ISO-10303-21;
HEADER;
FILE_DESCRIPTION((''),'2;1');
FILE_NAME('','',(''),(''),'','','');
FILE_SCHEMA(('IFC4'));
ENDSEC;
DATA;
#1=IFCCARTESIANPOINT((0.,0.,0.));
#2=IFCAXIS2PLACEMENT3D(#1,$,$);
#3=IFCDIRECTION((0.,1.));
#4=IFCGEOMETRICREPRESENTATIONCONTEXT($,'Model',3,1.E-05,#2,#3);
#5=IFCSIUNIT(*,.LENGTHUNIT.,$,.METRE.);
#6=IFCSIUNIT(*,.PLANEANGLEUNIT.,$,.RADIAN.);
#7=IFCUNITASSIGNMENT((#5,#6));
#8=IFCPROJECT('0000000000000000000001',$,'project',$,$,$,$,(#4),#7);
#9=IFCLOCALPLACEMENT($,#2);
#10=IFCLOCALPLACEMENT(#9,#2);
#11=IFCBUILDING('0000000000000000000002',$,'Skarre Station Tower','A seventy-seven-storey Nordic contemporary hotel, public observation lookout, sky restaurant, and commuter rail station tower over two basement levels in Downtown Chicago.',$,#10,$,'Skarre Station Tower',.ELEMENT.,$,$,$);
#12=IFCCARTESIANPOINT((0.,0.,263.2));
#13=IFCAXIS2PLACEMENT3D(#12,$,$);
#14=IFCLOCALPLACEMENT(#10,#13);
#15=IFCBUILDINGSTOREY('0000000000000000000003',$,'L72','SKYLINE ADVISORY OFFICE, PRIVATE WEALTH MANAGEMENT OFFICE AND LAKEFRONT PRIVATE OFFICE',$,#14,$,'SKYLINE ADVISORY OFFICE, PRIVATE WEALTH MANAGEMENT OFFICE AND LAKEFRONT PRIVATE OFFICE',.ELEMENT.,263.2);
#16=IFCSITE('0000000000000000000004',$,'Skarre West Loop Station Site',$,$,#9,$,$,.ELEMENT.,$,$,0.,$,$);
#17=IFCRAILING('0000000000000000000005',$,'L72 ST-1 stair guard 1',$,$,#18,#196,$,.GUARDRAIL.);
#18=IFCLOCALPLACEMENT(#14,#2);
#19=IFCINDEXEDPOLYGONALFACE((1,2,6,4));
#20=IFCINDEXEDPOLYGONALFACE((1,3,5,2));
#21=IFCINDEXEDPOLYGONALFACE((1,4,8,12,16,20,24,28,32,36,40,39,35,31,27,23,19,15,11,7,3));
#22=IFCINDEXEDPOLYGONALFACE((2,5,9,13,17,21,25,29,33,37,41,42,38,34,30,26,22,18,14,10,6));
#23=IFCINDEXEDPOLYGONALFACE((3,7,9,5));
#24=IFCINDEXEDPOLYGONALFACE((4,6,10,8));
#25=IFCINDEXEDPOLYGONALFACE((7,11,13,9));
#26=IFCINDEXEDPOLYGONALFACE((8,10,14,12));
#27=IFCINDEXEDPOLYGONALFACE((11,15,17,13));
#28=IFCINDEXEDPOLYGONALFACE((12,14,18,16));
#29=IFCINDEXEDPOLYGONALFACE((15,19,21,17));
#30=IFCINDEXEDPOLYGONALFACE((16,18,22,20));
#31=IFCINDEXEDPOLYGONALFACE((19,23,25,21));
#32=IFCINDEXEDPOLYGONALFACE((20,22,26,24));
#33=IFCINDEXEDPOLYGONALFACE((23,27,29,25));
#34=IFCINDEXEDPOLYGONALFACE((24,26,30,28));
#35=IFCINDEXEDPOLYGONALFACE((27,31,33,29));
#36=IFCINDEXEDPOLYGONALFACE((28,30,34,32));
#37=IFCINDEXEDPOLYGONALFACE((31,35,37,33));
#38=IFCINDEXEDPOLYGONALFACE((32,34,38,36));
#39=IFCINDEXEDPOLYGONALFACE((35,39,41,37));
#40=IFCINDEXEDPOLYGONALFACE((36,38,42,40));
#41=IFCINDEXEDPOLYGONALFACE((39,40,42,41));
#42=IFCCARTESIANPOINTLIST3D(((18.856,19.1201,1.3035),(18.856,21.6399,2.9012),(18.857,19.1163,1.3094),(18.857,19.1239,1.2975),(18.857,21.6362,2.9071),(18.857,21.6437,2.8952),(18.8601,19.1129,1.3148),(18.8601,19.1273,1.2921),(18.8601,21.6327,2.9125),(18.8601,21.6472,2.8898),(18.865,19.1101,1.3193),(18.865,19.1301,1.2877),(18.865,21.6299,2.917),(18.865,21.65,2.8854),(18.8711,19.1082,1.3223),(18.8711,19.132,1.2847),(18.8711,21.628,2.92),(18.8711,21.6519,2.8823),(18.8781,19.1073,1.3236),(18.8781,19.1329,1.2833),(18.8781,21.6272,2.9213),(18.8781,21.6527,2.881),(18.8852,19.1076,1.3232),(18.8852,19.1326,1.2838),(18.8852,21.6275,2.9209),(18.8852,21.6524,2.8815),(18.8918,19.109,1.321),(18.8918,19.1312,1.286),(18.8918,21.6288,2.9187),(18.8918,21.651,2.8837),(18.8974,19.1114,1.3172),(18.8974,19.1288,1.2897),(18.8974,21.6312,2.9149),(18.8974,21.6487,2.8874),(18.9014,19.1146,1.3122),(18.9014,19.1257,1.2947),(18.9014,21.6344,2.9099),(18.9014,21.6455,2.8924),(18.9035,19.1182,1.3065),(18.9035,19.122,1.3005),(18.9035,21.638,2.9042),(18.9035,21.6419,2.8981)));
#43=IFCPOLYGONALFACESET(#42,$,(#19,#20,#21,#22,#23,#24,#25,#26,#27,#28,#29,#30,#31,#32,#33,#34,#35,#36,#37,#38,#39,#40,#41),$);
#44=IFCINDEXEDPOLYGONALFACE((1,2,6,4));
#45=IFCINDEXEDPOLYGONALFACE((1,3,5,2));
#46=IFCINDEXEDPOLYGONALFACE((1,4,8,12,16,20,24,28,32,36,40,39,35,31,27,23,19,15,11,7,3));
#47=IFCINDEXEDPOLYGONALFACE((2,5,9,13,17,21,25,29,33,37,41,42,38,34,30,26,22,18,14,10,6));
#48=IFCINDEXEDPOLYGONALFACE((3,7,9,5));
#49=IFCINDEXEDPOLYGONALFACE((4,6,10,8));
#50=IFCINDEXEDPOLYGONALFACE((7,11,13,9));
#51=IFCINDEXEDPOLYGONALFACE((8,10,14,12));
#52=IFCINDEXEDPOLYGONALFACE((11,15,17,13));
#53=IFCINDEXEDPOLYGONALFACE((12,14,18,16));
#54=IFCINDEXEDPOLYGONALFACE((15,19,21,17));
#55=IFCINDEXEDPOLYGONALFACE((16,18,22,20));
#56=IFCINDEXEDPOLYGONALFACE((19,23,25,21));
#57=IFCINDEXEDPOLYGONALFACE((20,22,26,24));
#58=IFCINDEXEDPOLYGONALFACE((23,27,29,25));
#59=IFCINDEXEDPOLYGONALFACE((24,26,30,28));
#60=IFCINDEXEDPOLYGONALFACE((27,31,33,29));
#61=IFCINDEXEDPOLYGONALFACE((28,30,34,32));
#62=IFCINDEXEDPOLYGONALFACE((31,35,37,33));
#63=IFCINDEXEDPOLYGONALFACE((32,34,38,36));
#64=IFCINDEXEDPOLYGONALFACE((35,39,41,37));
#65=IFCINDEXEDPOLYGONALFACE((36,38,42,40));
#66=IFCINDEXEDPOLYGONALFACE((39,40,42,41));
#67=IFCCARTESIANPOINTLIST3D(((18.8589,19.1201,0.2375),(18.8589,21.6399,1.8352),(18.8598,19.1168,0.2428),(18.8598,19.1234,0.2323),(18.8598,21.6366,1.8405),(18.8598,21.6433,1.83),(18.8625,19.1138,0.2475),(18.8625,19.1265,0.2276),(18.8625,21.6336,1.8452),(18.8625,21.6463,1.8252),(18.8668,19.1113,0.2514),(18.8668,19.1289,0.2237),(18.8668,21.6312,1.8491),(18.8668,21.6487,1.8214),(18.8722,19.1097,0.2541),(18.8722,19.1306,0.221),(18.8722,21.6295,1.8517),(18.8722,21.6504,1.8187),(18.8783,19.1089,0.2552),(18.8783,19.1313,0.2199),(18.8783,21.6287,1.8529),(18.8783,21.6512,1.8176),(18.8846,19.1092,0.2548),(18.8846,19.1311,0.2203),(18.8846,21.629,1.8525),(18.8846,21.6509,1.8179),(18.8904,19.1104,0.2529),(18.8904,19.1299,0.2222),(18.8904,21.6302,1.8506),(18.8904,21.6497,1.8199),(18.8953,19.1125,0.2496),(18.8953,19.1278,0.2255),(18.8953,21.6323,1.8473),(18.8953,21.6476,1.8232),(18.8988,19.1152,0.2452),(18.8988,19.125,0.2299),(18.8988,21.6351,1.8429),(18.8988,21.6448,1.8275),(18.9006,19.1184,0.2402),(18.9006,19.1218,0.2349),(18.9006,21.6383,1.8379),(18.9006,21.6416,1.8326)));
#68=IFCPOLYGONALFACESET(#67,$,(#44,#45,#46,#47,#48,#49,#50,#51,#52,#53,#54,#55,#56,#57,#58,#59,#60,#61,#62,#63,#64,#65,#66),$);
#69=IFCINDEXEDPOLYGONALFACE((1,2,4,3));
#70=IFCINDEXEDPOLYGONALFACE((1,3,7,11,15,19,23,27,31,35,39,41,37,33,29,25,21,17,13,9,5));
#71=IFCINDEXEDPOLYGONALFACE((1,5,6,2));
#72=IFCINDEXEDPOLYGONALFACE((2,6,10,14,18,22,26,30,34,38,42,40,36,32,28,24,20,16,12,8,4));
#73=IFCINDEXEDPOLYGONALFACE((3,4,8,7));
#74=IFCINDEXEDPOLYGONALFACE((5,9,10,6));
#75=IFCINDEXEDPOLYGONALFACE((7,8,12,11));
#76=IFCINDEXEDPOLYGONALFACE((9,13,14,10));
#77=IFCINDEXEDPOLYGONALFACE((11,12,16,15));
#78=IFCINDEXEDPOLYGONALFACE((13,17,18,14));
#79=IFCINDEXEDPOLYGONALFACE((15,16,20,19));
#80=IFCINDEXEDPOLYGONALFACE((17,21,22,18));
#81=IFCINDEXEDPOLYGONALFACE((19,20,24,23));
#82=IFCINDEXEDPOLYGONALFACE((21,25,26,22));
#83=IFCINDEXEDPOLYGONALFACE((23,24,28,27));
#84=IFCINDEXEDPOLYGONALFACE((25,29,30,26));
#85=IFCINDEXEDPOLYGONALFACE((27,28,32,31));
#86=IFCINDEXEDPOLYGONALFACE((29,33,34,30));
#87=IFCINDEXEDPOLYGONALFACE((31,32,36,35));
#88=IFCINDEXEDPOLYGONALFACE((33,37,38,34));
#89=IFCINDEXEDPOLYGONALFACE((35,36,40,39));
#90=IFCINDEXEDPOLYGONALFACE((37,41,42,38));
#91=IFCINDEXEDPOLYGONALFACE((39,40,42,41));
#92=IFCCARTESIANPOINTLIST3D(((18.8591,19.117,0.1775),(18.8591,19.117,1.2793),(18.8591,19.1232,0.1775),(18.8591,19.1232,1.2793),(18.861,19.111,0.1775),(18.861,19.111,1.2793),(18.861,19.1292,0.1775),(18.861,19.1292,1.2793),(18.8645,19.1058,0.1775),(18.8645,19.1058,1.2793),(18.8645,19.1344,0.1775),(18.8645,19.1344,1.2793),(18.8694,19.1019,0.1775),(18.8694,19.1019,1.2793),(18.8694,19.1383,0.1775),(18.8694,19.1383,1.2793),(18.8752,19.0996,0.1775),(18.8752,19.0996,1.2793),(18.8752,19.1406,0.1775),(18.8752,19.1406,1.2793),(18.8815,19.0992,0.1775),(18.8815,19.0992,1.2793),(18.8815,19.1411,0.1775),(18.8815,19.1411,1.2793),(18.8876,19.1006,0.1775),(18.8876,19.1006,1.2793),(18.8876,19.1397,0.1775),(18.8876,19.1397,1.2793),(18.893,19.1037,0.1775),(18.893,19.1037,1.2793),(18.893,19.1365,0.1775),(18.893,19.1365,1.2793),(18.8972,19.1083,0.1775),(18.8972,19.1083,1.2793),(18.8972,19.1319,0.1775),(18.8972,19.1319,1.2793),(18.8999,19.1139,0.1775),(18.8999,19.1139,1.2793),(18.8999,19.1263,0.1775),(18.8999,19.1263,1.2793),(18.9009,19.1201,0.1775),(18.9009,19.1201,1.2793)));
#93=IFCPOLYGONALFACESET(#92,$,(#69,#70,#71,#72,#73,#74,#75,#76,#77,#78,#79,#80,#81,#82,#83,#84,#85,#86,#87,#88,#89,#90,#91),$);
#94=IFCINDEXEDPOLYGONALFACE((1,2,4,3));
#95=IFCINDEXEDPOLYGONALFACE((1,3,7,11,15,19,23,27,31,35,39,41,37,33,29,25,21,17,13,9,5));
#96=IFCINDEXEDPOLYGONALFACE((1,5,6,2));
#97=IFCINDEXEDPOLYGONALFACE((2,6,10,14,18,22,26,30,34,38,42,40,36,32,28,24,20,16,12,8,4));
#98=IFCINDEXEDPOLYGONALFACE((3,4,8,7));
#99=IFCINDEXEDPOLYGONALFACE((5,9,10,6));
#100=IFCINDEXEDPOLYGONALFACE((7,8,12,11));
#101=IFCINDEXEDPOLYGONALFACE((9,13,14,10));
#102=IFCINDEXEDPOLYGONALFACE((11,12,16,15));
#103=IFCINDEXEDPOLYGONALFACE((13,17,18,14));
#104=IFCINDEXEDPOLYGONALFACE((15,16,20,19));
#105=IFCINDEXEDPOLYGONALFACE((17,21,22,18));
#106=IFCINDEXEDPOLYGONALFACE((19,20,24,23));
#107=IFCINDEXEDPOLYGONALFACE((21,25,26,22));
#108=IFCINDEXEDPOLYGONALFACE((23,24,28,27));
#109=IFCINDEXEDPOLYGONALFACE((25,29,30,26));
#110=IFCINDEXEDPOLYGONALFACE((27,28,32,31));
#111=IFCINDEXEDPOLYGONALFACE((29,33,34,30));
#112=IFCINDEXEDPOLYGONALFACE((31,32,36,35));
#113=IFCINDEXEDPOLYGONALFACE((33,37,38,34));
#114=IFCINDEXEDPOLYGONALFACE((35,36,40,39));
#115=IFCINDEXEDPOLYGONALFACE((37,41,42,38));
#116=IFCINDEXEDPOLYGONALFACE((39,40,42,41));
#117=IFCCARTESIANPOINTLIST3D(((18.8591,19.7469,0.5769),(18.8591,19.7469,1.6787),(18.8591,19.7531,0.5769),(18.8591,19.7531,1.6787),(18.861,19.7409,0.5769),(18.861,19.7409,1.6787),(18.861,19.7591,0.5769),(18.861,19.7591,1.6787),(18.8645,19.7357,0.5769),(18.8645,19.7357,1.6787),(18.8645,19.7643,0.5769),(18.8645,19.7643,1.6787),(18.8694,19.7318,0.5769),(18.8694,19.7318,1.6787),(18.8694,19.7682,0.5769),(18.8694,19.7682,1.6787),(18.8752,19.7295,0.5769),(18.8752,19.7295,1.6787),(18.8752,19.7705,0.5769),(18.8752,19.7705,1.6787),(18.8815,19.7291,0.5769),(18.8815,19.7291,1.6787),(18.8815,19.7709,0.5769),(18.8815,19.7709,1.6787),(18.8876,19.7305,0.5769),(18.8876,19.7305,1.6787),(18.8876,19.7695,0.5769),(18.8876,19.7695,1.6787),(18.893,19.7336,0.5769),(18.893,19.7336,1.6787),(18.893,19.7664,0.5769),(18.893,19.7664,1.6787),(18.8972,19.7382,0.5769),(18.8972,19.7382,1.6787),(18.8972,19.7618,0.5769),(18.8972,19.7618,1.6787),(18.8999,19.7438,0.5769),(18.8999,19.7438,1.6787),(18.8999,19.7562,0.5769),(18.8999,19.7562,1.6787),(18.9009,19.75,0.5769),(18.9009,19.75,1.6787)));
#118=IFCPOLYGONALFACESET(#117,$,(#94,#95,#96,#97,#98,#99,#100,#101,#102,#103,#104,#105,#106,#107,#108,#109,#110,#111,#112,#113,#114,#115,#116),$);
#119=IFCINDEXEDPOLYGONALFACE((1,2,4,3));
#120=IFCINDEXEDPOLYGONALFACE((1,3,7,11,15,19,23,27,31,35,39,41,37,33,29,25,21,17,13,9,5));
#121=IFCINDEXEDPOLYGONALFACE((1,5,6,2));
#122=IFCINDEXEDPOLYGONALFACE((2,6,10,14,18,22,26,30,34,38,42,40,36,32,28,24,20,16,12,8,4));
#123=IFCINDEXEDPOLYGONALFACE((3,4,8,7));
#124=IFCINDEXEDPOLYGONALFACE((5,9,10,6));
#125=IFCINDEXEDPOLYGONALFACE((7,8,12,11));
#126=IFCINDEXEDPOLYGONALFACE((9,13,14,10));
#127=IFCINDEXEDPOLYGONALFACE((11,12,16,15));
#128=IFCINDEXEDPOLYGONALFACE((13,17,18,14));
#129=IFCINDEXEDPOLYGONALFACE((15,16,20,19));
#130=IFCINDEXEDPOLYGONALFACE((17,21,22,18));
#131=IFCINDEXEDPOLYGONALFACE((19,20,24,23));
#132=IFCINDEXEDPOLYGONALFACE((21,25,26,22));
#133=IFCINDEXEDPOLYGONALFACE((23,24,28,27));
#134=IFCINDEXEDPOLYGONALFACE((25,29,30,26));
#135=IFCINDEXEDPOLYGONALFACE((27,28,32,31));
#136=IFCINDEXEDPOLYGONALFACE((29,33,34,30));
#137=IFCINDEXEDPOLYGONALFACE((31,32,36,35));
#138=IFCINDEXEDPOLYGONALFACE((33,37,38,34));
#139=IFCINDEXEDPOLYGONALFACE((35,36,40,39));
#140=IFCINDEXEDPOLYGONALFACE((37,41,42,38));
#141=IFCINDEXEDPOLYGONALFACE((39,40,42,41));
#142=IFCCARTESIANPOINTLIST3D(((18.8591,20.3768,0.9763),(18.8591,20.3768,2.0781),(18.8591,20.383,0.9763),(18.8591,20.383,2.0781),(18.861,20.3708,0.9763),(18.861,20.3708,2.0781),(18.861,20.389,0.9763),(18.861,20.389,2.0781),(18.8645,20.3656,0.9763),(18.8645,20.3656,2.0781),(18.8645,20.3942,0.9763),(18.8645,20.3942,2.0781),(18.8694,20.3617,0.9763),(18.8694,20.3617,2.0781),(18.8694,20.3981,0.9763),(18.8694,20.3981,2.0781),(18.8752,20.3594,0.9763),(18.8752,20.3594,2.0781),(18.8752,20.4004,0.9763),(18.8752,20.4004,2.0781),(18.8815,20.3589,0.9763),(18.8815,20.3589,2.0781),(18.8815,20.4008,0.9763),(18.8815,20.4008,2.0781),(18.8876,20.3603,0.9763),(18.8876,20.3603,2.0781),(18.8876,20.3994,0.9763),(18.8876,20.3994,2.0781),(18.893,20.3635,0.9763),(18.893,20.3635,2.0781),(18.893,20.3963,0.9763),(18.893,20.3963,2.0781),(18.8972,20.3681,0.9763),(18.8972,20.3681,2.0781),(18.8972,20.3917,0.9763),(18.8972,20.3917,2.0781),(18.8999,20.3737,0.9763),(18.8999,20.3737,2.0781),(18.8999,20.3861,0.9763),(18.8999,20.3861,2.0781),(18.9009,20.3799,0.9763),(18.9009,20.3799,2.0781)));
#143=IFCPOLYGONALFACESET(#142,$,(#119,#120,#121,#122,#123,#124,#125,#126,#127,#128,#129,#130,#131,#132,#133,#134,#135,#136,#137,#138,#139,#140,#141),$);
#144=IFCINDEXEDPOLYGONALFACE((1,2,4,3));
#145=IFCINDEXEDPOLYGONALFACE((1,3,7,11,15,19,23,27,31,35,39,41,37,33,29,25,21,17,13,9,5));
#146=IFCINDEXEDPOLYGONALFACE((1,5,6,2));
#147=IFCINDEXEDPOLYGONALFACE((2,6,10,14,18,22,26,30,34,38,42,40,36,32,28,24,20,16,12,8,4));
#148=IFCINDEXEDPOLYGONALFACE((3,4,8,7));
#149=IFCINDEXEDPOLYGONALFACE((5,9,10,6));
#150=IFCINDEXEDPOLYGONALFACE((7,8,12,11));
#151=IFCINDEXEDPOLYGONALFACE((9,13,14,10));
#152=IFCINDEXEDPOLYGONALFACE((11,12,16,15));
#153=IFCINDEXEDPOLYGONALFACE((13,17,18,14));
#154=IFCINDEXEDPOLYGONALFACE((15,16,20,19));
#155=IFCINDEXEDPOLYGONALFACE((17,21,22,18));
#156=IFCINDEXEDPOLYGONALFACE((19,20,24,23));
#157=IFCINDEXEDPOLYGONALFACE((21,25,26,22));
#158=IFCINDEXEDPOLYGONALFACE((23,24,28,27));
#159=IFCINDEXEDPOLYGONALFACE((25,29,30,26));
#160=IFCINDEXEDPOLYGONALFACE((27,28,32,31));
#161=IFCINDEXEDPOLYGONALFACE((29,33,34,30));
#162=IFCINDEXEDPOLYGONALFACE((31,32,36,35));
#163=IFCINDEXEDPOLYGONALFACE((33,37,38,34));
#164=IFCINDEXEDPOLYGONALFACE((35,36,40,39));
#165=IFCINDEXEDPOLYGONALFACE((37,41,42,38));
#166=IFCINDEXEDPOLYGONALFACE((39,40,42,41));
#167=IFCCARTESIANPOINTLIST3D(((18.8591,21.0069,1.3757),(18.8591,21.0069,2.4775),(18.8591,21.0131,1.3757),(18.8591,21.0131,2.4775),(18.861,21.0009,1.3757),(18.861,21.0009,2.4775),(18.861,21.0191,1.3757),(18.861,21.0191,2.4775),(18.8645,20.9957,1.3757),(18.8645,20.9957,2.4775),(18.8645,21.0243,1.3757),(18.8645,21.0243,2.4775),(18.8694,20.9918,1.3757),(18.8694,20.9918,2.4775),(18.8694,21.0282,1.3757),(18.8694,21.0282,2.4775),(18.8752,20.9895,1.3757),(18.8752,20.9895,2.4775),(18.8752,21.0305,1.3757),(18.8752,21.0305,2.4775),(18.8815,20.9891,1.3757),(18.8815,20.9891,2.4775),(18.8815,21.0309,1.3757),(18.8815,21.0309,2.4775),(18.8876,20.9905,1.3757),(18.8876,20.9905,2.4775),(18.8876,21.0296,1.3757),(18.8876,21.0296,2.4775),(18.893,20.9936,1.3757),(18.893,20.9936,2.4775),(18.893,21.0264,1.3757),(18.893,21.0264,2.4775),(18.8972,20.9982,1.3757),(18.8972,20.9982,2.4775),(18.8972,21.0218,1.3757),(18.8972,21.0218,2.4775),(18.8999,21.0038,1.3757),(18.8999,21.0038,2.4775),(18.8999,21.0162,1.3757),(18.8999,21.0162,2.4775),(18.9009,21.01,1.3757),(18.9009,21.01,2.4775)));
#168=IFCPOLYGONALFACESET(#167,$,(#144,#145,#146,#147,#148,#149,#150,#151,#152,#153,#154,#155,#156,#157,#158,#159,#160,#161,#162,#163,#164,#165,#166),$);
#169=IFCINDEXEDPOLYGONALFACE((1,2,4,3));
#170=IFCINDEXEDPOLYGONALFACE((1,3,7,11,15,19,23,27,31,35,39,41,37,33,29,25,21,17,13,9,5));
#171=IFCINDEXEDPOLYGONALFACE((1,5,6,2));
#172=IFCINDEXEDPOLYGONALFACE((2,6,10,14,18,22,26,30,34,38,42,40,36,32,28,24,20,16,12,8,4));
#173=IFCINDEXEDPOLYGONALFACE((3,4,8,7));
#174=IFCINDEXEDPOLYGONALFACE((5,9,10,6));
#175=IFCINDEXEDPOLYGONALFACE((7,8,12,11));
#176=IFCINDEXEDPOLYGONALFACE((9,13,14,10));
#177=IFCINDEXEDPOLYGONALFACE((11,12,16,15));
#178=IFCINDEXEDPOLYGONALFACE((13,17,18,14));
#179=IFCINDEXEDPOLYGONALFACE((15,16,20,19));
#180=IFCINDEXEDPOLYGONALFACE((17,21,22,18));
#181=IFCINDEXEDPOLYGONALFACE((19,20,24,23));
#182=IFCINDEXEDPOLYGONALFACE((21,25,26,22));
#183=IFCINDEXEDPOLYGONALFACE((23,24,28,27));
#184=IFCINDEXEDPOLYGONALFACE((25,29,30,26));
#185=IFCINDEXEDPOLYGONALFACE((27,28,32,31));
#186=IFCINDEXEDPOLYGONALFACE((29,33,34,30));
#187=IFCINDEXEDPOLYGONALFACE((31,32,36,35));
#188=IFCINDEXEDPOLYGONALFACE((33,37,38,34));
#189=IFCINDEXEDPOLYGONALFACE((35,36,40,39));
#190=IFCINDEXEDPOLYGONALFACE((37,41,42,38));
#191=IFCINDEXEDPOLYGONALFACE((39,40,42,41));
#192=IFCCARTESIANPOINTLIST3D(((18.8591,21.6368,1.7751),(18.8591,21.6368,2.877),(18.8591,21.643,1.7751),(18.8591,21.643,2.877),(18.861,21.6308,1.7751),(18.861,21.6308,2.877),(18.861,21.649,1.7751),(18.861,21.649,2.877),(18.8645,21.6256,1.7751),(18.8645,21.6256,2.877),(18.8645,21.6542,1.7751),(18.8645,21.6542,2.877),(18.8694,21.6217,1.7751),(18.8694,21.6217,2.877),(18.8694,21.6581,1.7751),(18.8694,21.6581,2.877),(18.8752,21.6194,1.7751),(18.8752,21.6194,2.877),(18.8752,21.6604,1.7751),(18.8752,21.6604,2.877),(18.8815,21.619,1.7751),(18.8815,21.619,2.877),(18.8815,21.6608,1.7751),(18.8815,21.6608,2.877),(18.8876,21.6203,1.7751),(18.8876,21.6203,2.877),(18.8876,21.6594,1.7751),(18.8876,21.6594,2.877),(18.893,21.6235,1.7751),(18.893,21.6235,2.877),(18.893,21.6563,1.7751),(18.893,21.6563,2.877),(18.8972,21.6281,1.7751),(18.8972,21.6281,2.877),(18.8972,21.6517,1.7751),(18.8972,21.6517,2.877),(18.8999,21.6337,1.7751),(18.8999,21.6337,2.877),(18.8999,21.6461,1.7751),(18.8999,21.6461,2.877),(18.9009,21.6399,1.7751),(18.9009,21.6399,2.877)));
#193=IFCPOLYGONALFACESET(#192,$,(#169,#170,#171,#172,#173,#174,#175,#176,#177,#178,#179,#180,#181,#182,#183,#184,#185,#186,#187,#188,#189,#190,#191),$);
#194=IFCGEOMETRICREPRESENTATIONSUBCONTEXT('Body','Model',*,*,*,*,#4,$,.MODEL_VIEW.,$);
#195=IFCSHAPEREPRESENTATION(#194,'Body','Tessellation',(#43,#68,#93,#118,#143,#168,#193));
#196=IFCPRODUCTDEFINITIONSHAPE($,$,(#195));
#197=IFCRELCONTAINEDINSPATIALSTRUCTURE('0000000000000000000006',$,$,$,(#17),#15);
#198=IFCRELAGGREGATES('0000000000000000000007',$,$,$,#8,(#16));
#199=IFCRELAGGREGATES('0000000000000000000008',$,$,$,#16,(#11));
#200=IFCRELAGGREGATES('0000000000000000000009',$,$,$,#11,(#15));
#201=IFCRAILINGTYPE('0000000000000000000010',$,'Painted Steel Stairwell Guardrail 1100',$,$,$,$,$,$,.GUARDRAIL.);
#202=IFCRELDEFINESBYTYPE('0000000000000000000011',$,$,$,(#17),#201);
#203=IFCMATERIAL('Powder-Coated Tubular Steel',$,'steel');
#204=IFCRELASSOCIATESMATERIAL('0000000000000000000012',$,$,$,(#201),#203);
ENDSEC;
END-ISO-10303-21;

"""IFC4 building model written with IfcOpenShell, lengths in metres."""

from ifc_helpers import new_model, si_unit, direction, frame, origin, origin_2d, place, context, subcontext, project, spatial, circle, extrude, material, type_object, element, save


model = new_model("IFC4")

# Units and contexts
model_context = context("Model", 3, precision=1e-05, world=origin(), true_north=direction((0.0, 1.0)))
body_context = subcontext(model_context, "Body", "Model", "MODEL_VIEW")
ifc_project = project(units=[si_unit("LENGTHUNIT", "METRE"), si_unit("PLANEANGLEUNIT", "RADIAN")], contexts=[model_context])

# Site, building, storey
site_placement = place(None, origin())
site = spatial("IfcSite", under=ifc_project, at=site_placement, Name="Skarre West Loop Station Site", CompositionType="ELEMENT", RefElevation=0.0)
building_placement = place(site_placement, origin())
building = spatial("IfcBuilding", under=site, at=building_placement, Name="Skarre Station Tower", Description="A seventy-seven-storey Nordic contemporary hotel, public observation lookout, sky restaurant, and commuter rail station tower over two basement levels in Downtown Chicago.", LongName="Skarre Station Tower", CompositionType="ELEMENT")
storey_placement = place(building_placement, frame((0.0, 0.0, 263.2)))
storey = spatial("IfcBuildingStorey", under=building, at=storey_placement, Name="L72", Description="SKYLINE ADVISORY OFFICE, PRIVATE WEALTH MANAGEMENT OFFICE AND LAKEFRONT PRIVATE OFFICE", LongName="SKYLINE ADVISORY OFFICE, PRIVATE WEALTH MANAGEMENT OFFICE AND LAKEFRONT PRIVATE OFFICE", CompositionType="ELEMENT", Elevation=263.2)

# Railing
ifc_material_1 = material(Name="Powder-Coated Tubular Steel", Category="steel")
railing_type_1 = type_object("IfcRailingType", Name="Painted Steel Stairwell Guardrail 1100", PredefinedType="GUARDRAIL", material=ifc_material_1)
railing_1_placement = place(storey_placement, frame((18.8799, 19.1201, 0.1775)))
element("IfcRailing", 1, at=railing_1_placement, inside=storey, type_object=railing_type_1, Name="L72 ST-1 stair guard 1", PredefinedType="GUARDRAIL", context=body_context, shape_type="SweptSolid", body=[
    extrude(circle(Radius=0.0239, at=origin_2d()), frame((0.0, 0.0, 1.126), z_axis=(0.0, 0.844546, 0.535482), x_axis=(-1.0, 0.0, 0.0)), (0.0, 0.0, 1.0), 2.9836),
    extrude(circle(Radius=0.021, at=origin_2d()), frame((0.0, 0.0, 0.0601), z_axis=(0.0, 0.844546, 0.535482), x_axis=(-1.0, 0.0, 0.0)), (0.0, 0.0, 1.0), 2.9836),
    extrude(circle(Radius=0.021, at=origin_2d()), origin(), (0.0, 0.0, 1.0), 1.1018),
    extrude(circle(Radius=0.021, at=origin_2d()), frame((0.0, 0.6299, 0.3994)), (0.0, 0.0, 1.0), 1.1018),
    extrude(circle(Radius=0.021, at=origin_2d()), frame((0.0, 1.2598, 0.7988)), (0.0, 0.0, 1.0), 1.1018),
    extrude(circle(Radius=0.021, at=origin_2d()), frame((0.0, 1.8899, 1.1982)), (0.0, 0.0, 1.0), 1.1018),
    extrude(circle(Radius=0.021, at=origin_2d()), frame((0.0, 2.5198, 1.5977)), (0.0, 0.0, 1.0), 1.1018),
])

save(model, "model.ifc")
